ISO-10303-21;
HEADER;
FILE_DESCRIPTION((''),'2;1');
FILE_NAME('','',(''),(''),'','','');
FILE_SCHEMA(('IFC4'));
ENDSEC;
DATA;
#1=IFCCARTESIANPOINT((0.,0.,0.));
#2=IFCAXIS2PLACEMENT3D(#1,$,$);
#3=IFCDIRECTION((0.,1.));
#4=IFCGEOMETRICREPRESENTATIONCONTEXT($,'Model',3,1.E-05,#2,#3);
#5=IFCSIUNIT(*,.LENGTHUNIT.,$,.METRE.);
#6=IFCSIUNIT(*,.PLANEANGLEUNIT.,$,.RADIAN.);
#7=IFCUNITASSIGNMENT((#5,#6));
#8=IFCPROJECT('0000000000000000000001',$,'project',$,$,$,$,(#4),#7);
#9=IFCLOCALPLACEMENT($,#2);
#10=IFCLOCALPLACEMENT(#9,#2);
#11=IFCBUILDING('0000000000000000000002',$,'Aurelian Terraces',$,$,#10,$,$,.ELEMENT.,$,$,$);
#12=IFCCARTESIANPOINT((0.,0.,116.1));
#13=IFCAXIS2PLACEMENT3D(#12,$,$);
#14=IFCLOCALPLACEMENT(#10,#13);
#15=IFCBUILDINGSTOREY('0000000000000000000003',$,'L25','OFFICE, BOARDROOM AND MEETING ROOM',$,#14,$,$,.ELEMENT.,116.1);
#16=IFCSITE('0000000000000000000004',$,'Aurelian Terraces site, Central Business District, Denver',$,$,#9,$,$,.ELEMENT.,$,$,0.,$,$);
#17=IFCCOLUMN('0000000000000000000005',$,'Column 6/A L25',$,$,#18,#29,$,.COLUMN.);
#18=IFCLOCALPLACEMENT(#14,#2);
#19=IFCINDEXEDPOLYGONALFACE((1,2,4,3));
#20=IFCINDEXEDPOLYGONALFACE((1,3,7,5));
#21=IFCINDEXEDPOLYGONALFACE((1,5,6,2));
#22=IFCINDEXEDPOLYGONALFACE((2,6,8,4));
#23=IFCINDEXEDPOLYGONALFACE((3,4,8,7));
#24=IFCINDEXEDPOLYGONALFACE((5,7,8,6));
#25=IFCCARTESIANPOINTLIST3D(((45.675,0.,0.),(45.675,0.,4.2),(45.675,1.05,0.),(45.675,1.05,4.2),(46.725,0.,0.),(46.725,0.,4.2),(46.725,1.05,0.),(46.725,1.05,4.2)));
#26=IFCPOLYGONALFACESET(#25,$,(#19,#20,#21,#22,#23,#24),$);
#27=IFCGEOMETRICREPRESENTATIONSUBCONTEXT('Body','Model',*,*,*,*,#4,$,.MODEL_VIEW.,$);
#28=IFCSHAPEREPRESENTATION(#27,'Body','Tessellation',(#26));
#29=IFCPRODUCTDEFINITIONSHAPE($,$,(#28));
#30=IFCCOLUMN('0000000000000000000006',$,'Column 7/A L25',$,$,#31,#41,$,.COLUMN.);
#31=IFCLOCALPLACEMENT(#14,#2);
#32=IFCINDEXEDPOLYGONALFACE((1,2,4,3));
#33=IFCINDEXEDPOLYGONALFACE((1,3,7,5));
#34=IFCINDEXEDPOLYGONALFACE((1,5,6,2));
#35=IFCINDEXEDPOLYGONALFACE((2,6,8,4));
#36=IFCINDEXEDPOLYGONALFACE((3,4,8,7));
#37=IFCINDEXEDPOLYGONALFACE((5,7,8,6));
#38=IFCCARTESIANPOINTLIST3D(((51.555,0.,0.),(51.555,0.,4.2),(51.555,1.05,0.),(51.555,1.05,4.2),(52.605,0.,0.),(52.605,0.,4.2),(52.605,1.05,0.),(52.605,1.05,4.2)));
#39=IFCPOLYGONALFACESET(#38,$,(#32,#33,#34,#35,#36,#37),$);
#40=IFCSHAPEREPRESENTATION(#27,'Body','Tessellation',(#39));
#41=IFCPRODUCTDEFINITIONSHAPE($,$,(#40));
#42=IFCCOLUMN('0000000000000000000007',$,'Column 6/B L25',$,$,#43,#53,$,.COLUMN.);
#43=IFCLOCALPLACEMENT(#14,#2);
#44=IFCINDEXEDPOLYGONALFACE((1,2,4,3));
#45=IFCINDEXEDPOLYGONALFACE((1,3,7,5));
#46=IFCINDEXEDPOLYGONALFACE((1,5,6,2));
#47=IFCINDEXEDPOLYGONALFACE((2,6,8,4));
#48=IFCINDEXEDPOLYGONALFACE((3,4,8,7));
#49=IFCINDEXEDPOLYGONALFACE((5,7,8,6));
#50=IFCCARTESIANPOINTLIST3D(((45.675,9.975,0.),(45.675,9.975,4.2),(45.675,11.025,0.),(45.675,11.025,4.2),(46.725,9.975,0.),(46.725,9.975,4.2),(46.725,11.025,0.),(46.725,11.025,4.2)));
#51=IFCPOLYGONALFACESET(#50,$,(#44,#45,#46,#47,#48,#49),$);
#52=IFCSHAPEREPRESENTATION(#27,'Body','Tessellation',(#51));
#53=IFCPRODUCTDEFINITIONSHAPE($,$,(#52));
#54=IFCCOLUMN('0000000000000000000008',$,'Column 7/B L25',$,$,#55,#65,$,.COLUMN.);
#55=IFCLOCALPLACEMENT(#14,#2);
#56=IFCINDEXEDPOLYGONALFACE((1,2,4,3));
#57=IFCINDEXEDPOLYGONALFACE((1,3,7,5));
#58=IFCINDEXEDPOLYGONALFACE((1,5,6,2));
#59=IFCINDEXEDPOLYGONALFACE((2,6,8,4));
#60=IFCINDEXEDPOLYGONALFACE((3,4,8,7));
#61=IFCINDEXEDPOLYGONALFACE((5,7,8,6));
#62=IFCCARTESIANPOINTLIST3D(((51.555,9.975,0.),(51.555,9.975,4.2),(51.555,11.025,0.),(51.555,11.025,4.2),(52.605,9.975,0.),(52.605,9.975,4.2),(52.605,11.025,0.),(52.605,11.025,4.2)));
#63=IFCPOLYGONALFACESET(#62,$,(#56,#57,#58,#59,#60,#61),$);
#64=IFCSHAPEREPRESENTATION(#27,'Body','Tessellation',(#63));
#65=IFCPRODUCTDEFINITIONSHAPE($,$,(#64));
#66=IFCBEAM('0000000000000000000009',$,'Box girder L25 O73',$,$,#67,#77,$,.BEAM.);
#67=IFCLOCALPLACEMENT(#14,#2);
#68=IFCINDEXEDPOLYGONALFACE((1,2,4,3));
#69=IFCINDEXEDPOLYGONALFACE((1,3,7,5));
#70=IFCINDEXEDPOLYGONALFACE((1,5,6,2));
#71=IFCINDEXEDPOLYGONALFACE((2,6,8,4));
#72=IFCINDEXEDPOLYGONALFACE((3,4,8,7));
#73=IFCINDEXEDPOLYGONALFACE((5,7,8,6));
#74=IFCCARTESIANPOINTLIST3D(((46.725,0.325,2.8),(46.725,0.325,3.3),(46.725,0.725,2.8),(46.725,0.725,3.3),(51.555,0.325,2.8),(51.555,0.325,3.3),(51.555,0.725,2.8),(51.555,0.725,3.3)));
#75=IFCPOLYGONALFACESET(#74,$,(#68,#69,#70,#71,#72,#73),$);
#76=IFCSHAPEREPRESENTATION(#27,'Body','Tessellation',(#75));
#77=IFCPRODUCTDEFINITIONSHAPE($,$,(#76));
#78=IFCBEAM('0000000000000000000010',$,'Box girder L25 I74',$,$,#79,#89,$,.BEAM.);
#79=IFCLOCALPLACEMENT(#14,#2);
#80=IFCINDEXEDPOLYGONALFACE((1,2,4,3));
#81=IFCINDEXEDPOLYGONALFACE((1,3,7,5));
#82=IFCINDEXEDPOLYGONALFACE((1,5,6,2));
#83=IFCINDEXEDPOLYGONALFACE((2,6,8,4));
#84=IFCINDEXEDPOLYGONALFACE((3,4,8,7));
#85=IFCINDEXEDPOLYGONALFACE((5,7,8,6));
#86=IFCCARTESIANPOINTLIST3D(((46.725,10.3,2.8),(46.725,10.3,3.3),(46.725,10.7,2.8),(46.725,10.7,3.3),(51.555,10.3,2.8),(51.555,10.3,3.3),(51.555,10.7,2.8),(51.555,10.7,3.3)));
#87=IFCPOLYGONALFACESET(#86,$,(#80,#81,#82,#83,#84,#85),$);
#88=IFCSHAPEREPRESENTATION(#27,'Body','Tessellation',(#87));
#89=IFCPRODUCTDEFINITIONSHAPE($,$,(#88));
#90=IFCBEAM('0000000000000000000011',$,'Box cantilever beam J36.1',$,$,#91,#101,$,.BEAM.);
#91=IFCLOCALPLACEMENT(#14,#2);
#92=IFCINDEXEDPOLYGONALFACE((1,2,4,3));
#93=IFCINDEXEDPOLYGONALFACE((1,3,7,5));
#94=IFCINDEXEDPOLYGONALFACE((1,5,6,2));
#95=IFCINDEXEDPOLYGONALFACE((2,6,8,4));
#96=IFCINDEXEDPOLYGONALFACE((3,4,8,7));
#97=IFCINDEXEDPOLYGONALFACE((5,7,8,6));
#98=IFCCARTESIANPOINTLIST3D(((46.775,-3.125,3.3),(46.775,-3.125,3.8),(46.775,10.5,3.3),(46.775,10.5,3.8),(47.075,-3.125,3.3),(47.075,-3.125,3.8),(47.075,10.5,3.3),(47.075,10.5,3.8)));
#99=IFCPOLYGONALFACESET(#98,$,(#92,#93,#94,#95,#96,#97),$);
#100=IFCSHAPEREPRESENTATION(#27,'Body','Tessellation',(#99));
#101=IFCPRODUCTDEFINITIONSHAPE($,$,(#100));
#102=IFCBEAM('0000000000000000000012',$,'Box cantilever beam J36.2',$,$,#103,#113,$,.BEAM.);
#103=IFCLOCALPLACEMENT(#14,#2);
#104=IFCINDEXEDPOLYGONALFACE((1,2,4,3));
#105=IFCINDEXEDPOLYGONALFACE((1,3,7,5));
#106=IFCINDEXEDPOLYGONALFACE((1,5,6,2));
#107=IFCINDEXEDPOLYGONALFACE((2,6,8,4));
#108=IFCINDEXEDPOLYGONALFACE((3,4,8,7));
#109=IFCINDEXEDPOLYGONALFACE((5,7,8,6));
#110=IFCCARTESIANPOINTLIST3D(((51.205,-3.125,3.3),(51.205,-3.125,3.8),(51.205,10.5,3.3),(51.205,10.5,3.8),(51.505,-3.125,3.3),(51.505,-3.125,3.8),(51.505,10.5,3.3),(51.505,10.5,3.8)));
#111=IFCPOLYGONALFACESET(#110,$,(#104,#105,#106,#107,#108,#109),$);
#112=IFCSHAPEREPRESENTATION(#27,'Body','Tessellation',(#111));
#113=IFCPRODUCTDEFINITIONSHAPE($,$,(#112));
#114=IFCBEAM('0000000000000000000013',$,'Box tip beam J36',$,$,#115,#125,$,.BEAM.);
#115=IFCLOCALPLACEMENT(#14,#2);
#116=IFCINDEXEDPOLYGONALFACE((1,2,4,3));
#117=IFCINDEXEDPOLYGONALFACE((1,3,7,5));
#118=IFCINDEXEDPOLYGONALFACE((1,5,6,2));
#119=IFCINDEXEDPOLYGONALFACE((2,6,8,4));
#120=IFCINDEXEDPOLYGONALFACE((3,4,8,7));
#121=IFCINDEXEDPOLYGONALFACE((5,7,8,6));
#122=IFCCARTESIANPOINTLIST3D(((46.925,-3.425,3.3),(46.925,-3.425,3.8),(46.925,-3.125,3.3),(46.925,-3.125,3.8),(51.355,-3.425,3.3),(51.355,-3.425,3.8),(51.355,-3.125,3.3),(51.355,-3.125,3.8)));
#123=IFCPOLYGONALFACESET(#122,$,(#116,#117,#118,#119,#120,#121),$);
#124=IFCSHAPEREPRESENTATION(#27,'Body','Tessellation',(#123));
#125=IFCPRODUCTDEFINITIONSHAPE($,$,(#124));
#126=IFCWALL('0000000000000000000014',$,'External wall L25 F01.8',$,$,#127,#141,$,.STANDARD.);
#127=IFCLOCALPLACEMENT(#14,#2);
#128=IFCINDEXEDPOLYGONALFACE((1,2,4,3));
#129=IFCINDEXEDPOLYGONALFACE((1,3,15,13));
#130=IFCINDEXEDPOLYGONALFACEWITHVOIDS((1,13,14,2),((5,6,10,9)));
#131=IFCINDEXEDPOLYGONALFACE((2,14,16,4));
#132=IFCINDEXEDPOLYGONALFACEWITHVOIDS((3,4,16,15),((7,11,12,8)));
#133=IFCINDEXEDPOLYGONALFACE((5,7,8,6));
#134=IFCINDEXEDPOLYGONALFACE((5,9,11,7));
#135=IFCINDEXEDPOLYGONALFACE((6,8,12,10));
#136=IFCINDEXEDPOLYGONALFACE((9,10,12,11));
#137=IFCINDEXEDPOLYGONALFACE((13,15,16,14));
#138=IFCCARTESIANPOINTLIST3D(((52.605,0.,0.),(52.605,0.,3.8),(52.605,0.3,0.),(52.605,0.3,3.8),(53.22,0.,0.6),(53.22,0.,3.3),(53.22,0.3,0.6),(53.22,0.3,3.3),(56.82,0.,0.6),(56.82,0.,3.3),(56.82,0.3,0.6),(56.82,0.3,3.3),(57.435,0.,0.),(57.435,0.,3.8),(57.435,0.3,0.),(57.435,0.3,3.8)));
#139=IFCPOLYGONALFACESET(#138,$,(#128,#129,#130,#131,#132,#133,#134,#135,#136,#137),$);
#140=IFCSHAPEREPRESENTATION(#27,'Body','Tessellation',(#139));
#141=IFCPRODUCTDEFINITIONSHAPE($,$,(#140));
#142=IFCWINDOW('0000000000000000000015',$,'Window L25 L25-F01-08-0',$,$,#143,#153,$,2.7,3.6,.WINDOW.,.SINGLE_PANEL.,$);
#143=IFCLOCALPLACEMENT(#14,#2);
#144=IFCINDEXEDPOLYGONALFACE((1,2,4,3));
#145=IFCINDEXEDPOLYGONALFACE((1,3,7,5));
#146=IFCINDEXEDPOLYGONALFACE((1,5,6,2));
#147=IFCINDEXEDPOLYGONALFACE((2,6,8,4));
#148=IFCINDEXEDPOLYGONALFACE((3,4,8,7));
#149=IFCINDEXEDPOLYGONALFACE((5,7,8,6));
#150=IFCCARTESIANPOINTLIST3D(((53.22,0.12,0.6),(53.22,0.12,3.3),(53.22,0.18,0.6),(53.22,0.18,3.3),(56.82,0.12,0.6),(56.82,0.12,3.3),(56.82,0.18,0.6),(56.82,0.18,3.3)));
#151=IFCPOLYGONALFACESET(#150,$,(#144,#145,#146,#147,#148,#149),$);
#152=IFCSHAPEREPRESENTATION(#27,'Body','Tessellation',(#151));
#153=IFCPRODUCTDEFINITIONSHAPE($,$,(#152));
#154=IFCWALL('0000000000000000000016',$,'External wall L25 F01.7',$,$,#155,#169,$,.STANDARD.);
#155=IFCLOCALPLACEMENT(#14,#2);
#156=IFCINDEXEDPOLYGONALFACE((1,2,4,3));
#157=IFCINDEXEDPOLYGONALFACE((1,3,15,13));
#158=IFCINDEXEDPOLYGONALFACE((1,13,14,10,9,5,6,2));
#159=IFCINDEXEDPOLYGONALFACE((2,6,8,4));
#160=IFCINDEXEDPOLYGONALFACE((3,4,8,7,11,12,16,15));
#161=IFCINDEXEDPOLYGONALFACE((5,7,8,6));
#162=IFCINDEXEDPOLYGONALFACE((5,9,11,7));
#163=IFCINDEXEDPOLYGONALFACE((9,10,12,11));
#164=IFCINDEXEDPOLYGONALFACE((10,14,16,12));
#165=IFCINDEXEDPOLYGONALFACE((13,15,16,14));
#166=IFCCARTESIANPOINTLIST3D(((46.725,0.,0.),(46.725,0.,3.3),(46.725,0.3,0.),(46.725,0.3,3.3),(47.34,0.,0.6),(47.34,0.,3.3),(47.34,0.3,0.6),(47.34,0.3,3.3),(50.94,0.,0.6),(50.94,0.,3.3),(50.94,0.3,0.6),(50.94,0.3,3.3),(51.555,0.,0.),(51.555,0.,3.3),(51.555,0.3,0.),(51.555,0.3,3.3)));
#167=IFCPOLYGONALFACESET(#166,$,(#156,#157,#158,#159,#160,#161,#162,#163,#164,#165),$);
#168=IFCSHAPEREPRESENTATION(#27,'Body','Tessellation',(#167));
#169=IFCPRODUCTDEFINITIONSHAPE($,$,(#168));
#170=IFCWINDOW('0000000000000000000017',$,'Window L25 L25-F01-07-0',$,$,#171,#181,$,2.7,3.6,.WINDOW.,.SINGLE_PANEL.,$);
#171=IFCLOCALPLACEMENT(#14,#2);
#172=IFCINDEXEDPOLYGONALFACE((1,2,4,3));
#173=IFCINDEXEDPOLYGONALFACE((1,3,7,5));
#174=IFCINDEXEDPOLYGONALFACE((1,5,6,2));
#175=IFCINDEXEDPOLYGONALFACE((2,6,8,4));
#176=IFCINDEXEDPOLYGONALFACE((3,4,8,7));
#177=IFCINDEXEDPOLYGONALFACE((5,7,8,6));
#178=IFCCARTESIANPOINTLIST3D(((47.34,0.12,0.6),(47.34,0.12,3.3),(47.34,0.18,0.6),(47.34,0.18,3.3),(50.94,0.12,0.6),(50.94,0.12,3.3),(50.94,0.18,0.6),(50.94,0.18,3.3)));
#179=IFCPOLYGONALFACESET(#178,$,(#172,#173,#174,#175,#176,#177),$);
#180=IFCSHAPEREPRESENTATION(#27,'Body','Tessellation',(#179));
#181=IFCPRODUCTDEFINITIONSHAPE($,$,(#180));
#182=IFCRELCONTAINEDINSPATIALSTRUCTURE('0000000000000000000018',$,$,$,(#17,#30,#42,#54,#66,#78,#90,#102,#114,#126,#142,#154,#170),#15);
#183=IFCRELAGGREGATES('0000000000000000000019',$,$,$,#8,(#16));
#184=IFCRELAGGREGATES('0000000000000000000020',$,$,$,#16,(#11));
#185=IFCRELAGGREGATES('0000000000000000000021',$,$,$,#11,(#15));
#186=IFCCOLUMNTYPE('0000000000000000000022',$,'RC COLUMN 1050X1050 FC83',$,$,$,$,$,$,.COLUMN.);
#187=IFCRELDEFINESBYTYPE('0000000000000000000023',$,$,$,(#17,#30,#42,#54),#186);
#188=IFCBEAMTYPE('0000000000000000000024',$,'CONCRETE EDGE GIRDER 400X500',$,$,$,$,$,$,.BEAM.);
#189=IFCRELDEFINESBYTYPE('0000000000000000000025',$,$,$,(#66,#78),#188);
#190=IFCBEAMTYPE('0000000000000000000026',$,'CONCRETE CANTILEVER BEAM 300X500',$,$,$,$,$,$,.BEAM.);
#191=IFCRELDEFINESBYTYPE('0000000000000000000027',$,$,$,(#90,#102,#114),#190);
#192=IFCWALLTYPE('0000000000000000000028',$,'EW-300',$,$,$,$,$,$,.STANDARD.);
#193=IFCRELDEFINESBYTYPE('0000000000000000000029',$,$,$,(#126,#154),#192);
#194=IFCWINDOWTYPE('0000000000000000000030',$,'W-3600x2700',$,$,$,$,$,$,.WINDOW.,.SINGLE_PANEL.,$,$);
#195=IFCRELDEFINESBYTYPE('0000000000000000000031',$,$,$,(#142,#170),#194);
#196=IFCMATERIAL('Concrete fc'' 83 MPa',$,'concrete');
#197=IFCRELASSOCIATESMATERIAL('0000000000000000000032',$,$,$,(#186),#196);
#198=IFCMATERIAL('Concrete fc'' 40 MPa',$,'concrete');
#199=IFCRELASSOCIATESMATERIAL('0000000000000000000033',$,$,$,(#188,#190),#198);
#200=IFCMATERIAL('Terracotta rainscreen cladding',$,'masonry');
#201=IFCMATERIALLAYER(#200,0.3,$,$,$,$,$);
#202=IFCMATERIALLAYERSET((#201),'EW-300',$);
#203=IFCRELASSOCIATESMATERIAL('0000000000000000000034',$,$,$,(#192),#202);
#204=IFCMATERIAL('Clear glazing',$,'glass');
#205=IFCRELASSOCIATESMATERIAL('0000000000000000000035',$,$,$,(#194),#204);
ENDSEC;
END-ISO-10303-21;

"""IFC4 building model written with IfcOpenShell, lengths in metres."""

from ifc_helpers import new_model, si_unit, direction, frame, frame_2d, origin, origin_2d, place, context, subcontext, project, spatial, rectangle, extrude, source, transform, mapped, material, layer, layer_set, material_profile, profile_set, type_object, element, fill, save


model = new_model("IFC4")

# Units and contexts
model_context = context("Model", 3, precision=1e-05, world=origin(), true_north=direction((0.0, 1.0)))
body_context = subcontext(model_context, "Body", "Model", "MODEL_VIEW")
ifc_project = project(units=[si_unit("LENGTHUNIT", "METRE"), si_unit("PLANEANGLEUNIT", "RADIAN")], contexts=[model_context])

# Site, building, storey
site_placement = place(None, origin())
site = spatial("IfcSite", under=ifc_project, at=site_placement, Name="Aurelian Terraces site, Central Business District, Denver", CompositionType="ELEMENT", RefElevation=0.0)
building_placement = place(site_placement, origin())
building = spatial("IfcBuilding", under=site, at=building_placement, Name="Aurelian Terraces", CompositionType="ELEMENT")
storey_placement = place(building_placement, frame((0.0, 0.0, 116.1)))
storey = spatial("IfcBuildingStorey", under=building, at=storey_placement, Name="L25", Description="OFFICE, BOARDROOM AND MEETING ROOM", CompositionType="ELEMENT", Elevation=116.1)

# Columns
ifc_material_1 = material(Name="Concrete fc' 83 MPa", Category="concrete")
ifc_material_profile_1 = material_profile(ifc_material_1, rectangle(XDim=1.05, YDim=1.05, at=origin_2d()))
ifc_profile_set_1 = profile_set([ifc_material_profile_1], Name="Concrete fc' 83 MPa")
column_type = type_object("IfcColumnType", Name="RC COLUMN 1050X1050 FC83", PredefinedType="COLUMN", material=ifc_profile_set_1)
shared_shape_1 = source(origin(), body_context, "Body", "SweptSolid", [
    extrude(rectangle(XDim=1.05, YDim=1.05, at=origin_2d()), origin(), (0.0, 0.0, 1.0), 4.2),
])
for number, where, z_axis, x_axis, name in (
    (1, (46.2, 0.525, 0.0), (0.0, 0.0, 1.0), (1.0, 0.0, 0.0), "Column 6/A L25"),
    (2, (52.08, 0.525, 0.0), (0.0, 0.0, 1.0), (1.0, 0.0, 0.0), "Column 7/A L25"),
    (3, (46.2, 10.5, 0.0), (0.0, 0.0, 1.0), (1.0, 0.0, 0.0), "Column 6/B L25"),
    (4, (52.08, 10.5, 0.0), (0.0, 0.0, 1.0), (1.0, 0.0, 0.0), "Column 7/B L25"),
):
    element("IfcColumn", number, at=place(storey_placement, frame(where, z_axis=z_axis, x_axis=x_axis)), inside=storey, type_object=column_type, Name=name, PredefinedType="COLUMN", context=body_context, shape_type="MappedRepresentation", body=[
        mapped(shared_shape_1, transform((0.0, 0.0, 0.0), scale=1.0)),
    ])

# Beams
ifc_material_2 = material(Name="Concrete fc' 40 MPa", Category="concrete")
ifc_material_profile_2 = material_profile(ifc_material_2, rectangle(XDim=0.4, YDim=0.5, at=origin_2d()))
ifc_profile_set_2 = profile_set([ifc_material_profile_2], Name="Concrete fc' 40 MPa")
beam_type_1 = type_object("IfcBeamType", Name="CONCRETE EDGE GIRDER 400X500", PredefinedType="BEAM", material=ifc_profile_set_2)
shared_shape_2 = source(origin(), body_context, "Body", "SweptSolid", [
    extrude(rectangle(XDim=0.4, YDim=0.5, at=origin_2d()), origin(), (0.0, 0.0, 1.0), 4.83),
])
for number, where, z_axis, x_axis, name in (
    (5, (46.725, 0.525, 3.05), (1.0, 0.0, 0.0), (0.0, 1.0, 0.0), "Box girder L25 O73"),
    (6, (46.725, 10.5, 3.05), (1.0, 0.0, 0.0), (0.0, 1.0, 0.0), "Box girder L25 I74"),
):
    element("IfcBeam", number, at=place(storey_placement, frame(where, z_axis=z_axis, x_axis=x_axis)), inside=storey, type_object=beam_type_1, Name=name, PredefinedType="BEAM", context=body_context, shape_type="MappedRepresentation", body=[
        mapped(shared_shape_2, transform((0.0, 0.0, 0.0), scale=1.0)),
    ])
ifc_material_profile_3 = material_profile(ifc_material_2, rectangle(XDim=0.3, YDim=0.5, at=origin_2d()))
ifc_profile_set_3 = profile_set([ifc_material_profile_3], Name="Concrete fc' 40 MPa")
beam_type_2 = type_object("IfcBeamType", Name="CONCRETE CANTILEVER BEAM 300X500", PredefinedType="BEAM", material=ifc_profile_set_3)
shared_shape_3 = source(origin(), body_context, "Body", "SweptSolid", [
    extrude(rectangle(XDim=0.3, YDim=0.5, at=origin_2d()), origin(), (0.0, 0.0, 1.0), 13.625),
])
for number, where, z_axis, x_axis, name in (
    (7, (46.925, -3.125, 3.55), (0.0, 1.0, 0.0), (-1.0, 0.0, 0.0), "Box cantilever beam J36.1"),
    (8, (51.355, -3.125, 3.55), (0.0, 1.0, 0.0), (-1.0, 0.0, 0.0), "Box cantilever beam J36.2"),
):
    element("IfcBeam", number, at=place(storey_placement, frame(where, z_axis=z_axis, x_axis=x_axis)), inside=storey, type_object=beam_type_2, Name=name, PredefinedType="BEAM", context=body_context, shape_type="MappedRepresentation", body=[
        mapped(shared_shape_3, transform((0.0, 0.0, 0.0), scale=1.0)),
    ])
shared_shape_4 = source(origin(), body_context, "Body", "SweptSolid", [
    extrude(rectangle(XDim=0.3, YDim=0.5, at=origin_2d()), origin(), (0.0, 0.0, 1.0), 4.43),
])
beam_placement = place(storey_placement, frame((46.925, -3.275, 3.55), z_axis=(1.0, 0.0, 0.0), x_axis=(0.0, 1.0, 0.0)))
element("IfcBeam", 9, at=beam_placement, inside=storey, type_object=beam_type_2, Name="Box tip beam J36", PredefinedType="BEAM", context=body_context, shape_type="MappedRepresentation", body=[
    mapped(shared_shape_4, transform((0.0, 0.0, 0.0), scale=1.0)),
])

# Walls, openings, windows
ifc_material_3 = material(Name="Terracotta rainscreen cladding", Category="masonry")
ifc_layer_1 = layer(ifc_material_3, 0.3)
ifc_layer_set_1 = layer_set([ifc_layer_1], Name="EW-300")
wall_type_1 = type_object("IfcWallType", Name="EW-300", PredefinedType="STANDARD", material=ifc_layer_set_1)
shared_shape_5 = source(origin(), body_context, "Body", "SweptSolid", [
    extrude(rectangle(XDim=4.83, YDim=0.3, at=frame_2d((2.415, 0.0))), origin(), (0.0, 0.0, 1.0), 3.8),
])
wall_1_placement = place(storey_placement, frame((52.605, 0.15, 0.0), z_axis=(0.0, 0.0, 1.0), x_axis=(1.0, 0.0, 0.0)))
wall_1 = element("IfcWall", 10, at=wall_1_placement, inside=storey, type_object=wall_type_1, Name="External wall L25 F01.8", PredefinedType="STANDARD", context=body_context, shape_type="MappedRepresentation", body=[
    mapped(shared_shape_5, transform((0.0, 0.0, 0.0), scale=1.0)),
])
shared_shape_6 = source(origin(), body_context, "Body", "SweptSolid", [
    extrude(rectangle(XDim=3.6, YDim=2.7, at=frame_2d((1.8, 1.35))), frame((0.0, 0.16, 0.0), z_axis=(0.0, -1.0, 0.0), x_axis=(1.0, 0.0, 0.0)), (0.0, 0.0, 1.0), 0.32),
])
opening_1_placement = place(wall_1_placement, frame((0.615, 0.0, 0.6)))
opening_1 = element("IfcOpeningElement", 11, at=opening_1_placement, cuts=wall_1, PredefinedType="OPENING", context=body_context, shape_type="MappedRepresentation", body=[
    mapped(shared_shape_6, transform((0.0, 0.0, 0.0), scale=1.0)),
])
ifc_material_4 = material(Name="Clear glazing", Category="glass")
window_type = type_object("IfcWindowType", Name="W-3600x2700", PartitioningType="SINGLE_PANEL", PredefinedType="WINDOW", material=ifc_material_4)
shared_shape_7 = source(origin(), body_context, "Body", "SweptSolid", [
    extrude(rectangle(XDim=3.6, YDim=2.7, at=frame_2d((1.8, 1.35))), frame((0.0, 0.03, 0.0), z_axis=(0.0, -1.0, 0.0), x_axis=(1.0, 0.0, 0.0)), (0.0, 0.0, 1.0), 0.06),
])
window_1_placement = place(opening_1_placement, origin())
window_1 = element("IfcWindow", 12, at=window_1_placement, inside=storey, type_object=window_type, Name="Window L25 L25-F01-08-0", OverallHeight=2.7, OverallWidth=3.6, PartitioningType="SINGLE_PANEL", PredefinedType="WINDOW", context=body_context, shape_type="MappedRepresentation", body=[
    mapped(shared_shape_7, transform((0.0, 0.0, 0.0), scale=1.0)),
])
fill(opening_1, window_1)
shared_shape_8 = source(origin(), body_context, "Body", "SweptSolid", [
    extrude(rectangle(XDim=4.83, YDim=0.3, at=frame_2d((2.415, 0.0))), origin(), (0.0, 0.0, 1.0), 3.3),
])
wall_2_placement = place(storey_placement, frame((46.725, 0.15, 0.0), z_axis=(0.0, 0.0, 1.0), x_axis=(1.0, 0.0, 0.0)))
wall_2 = element("IfcWall", 13, at=wall_2_placement, inside=storey, type_object=wall_type_1, Name="External wall L25 F01.7", PredefinedType="STANDARD", context=body_context, shape_type="MappedRepresentation", body=[
    mapped(shared_shape_8, transform((0.0, 0.0, 0.0), scale=1.0)),
])
opening_2_placement = place(wall_2_placement, frame((0.615, 0.0, 0.6)))
opening_2 = element("IfcOpeningElement", 14, at=opening_2_placement, cuts=wall_2, PredefinedType="OPENING", context=body_context, shape_type="MappedRepresentation", body=[
    mapped(shared_shape_6, transform((0.0, 0.0, 0.0), scale=1.0)),
])
window_2_placement = place(opening_2_placement, origin())
window_2 = element("IfcWindow", 15, at=window_2_placement, inside=storey, type_object=window_type, Name="Window L25 L25-F01-07-0", OverallHeight=2.7, OverallWidth=3.6, PartitioningType="SINGLE_PANEL", PredefinedType="WINDOW", context=body_context, shape_type="MappedRepresentation", body=[
    mapped(shared_shape_7, transform((0.0, 0.0, 0.0), scale=1.0)),
])
fill(opening_2, window_2)

save(model, "model.ifc")
